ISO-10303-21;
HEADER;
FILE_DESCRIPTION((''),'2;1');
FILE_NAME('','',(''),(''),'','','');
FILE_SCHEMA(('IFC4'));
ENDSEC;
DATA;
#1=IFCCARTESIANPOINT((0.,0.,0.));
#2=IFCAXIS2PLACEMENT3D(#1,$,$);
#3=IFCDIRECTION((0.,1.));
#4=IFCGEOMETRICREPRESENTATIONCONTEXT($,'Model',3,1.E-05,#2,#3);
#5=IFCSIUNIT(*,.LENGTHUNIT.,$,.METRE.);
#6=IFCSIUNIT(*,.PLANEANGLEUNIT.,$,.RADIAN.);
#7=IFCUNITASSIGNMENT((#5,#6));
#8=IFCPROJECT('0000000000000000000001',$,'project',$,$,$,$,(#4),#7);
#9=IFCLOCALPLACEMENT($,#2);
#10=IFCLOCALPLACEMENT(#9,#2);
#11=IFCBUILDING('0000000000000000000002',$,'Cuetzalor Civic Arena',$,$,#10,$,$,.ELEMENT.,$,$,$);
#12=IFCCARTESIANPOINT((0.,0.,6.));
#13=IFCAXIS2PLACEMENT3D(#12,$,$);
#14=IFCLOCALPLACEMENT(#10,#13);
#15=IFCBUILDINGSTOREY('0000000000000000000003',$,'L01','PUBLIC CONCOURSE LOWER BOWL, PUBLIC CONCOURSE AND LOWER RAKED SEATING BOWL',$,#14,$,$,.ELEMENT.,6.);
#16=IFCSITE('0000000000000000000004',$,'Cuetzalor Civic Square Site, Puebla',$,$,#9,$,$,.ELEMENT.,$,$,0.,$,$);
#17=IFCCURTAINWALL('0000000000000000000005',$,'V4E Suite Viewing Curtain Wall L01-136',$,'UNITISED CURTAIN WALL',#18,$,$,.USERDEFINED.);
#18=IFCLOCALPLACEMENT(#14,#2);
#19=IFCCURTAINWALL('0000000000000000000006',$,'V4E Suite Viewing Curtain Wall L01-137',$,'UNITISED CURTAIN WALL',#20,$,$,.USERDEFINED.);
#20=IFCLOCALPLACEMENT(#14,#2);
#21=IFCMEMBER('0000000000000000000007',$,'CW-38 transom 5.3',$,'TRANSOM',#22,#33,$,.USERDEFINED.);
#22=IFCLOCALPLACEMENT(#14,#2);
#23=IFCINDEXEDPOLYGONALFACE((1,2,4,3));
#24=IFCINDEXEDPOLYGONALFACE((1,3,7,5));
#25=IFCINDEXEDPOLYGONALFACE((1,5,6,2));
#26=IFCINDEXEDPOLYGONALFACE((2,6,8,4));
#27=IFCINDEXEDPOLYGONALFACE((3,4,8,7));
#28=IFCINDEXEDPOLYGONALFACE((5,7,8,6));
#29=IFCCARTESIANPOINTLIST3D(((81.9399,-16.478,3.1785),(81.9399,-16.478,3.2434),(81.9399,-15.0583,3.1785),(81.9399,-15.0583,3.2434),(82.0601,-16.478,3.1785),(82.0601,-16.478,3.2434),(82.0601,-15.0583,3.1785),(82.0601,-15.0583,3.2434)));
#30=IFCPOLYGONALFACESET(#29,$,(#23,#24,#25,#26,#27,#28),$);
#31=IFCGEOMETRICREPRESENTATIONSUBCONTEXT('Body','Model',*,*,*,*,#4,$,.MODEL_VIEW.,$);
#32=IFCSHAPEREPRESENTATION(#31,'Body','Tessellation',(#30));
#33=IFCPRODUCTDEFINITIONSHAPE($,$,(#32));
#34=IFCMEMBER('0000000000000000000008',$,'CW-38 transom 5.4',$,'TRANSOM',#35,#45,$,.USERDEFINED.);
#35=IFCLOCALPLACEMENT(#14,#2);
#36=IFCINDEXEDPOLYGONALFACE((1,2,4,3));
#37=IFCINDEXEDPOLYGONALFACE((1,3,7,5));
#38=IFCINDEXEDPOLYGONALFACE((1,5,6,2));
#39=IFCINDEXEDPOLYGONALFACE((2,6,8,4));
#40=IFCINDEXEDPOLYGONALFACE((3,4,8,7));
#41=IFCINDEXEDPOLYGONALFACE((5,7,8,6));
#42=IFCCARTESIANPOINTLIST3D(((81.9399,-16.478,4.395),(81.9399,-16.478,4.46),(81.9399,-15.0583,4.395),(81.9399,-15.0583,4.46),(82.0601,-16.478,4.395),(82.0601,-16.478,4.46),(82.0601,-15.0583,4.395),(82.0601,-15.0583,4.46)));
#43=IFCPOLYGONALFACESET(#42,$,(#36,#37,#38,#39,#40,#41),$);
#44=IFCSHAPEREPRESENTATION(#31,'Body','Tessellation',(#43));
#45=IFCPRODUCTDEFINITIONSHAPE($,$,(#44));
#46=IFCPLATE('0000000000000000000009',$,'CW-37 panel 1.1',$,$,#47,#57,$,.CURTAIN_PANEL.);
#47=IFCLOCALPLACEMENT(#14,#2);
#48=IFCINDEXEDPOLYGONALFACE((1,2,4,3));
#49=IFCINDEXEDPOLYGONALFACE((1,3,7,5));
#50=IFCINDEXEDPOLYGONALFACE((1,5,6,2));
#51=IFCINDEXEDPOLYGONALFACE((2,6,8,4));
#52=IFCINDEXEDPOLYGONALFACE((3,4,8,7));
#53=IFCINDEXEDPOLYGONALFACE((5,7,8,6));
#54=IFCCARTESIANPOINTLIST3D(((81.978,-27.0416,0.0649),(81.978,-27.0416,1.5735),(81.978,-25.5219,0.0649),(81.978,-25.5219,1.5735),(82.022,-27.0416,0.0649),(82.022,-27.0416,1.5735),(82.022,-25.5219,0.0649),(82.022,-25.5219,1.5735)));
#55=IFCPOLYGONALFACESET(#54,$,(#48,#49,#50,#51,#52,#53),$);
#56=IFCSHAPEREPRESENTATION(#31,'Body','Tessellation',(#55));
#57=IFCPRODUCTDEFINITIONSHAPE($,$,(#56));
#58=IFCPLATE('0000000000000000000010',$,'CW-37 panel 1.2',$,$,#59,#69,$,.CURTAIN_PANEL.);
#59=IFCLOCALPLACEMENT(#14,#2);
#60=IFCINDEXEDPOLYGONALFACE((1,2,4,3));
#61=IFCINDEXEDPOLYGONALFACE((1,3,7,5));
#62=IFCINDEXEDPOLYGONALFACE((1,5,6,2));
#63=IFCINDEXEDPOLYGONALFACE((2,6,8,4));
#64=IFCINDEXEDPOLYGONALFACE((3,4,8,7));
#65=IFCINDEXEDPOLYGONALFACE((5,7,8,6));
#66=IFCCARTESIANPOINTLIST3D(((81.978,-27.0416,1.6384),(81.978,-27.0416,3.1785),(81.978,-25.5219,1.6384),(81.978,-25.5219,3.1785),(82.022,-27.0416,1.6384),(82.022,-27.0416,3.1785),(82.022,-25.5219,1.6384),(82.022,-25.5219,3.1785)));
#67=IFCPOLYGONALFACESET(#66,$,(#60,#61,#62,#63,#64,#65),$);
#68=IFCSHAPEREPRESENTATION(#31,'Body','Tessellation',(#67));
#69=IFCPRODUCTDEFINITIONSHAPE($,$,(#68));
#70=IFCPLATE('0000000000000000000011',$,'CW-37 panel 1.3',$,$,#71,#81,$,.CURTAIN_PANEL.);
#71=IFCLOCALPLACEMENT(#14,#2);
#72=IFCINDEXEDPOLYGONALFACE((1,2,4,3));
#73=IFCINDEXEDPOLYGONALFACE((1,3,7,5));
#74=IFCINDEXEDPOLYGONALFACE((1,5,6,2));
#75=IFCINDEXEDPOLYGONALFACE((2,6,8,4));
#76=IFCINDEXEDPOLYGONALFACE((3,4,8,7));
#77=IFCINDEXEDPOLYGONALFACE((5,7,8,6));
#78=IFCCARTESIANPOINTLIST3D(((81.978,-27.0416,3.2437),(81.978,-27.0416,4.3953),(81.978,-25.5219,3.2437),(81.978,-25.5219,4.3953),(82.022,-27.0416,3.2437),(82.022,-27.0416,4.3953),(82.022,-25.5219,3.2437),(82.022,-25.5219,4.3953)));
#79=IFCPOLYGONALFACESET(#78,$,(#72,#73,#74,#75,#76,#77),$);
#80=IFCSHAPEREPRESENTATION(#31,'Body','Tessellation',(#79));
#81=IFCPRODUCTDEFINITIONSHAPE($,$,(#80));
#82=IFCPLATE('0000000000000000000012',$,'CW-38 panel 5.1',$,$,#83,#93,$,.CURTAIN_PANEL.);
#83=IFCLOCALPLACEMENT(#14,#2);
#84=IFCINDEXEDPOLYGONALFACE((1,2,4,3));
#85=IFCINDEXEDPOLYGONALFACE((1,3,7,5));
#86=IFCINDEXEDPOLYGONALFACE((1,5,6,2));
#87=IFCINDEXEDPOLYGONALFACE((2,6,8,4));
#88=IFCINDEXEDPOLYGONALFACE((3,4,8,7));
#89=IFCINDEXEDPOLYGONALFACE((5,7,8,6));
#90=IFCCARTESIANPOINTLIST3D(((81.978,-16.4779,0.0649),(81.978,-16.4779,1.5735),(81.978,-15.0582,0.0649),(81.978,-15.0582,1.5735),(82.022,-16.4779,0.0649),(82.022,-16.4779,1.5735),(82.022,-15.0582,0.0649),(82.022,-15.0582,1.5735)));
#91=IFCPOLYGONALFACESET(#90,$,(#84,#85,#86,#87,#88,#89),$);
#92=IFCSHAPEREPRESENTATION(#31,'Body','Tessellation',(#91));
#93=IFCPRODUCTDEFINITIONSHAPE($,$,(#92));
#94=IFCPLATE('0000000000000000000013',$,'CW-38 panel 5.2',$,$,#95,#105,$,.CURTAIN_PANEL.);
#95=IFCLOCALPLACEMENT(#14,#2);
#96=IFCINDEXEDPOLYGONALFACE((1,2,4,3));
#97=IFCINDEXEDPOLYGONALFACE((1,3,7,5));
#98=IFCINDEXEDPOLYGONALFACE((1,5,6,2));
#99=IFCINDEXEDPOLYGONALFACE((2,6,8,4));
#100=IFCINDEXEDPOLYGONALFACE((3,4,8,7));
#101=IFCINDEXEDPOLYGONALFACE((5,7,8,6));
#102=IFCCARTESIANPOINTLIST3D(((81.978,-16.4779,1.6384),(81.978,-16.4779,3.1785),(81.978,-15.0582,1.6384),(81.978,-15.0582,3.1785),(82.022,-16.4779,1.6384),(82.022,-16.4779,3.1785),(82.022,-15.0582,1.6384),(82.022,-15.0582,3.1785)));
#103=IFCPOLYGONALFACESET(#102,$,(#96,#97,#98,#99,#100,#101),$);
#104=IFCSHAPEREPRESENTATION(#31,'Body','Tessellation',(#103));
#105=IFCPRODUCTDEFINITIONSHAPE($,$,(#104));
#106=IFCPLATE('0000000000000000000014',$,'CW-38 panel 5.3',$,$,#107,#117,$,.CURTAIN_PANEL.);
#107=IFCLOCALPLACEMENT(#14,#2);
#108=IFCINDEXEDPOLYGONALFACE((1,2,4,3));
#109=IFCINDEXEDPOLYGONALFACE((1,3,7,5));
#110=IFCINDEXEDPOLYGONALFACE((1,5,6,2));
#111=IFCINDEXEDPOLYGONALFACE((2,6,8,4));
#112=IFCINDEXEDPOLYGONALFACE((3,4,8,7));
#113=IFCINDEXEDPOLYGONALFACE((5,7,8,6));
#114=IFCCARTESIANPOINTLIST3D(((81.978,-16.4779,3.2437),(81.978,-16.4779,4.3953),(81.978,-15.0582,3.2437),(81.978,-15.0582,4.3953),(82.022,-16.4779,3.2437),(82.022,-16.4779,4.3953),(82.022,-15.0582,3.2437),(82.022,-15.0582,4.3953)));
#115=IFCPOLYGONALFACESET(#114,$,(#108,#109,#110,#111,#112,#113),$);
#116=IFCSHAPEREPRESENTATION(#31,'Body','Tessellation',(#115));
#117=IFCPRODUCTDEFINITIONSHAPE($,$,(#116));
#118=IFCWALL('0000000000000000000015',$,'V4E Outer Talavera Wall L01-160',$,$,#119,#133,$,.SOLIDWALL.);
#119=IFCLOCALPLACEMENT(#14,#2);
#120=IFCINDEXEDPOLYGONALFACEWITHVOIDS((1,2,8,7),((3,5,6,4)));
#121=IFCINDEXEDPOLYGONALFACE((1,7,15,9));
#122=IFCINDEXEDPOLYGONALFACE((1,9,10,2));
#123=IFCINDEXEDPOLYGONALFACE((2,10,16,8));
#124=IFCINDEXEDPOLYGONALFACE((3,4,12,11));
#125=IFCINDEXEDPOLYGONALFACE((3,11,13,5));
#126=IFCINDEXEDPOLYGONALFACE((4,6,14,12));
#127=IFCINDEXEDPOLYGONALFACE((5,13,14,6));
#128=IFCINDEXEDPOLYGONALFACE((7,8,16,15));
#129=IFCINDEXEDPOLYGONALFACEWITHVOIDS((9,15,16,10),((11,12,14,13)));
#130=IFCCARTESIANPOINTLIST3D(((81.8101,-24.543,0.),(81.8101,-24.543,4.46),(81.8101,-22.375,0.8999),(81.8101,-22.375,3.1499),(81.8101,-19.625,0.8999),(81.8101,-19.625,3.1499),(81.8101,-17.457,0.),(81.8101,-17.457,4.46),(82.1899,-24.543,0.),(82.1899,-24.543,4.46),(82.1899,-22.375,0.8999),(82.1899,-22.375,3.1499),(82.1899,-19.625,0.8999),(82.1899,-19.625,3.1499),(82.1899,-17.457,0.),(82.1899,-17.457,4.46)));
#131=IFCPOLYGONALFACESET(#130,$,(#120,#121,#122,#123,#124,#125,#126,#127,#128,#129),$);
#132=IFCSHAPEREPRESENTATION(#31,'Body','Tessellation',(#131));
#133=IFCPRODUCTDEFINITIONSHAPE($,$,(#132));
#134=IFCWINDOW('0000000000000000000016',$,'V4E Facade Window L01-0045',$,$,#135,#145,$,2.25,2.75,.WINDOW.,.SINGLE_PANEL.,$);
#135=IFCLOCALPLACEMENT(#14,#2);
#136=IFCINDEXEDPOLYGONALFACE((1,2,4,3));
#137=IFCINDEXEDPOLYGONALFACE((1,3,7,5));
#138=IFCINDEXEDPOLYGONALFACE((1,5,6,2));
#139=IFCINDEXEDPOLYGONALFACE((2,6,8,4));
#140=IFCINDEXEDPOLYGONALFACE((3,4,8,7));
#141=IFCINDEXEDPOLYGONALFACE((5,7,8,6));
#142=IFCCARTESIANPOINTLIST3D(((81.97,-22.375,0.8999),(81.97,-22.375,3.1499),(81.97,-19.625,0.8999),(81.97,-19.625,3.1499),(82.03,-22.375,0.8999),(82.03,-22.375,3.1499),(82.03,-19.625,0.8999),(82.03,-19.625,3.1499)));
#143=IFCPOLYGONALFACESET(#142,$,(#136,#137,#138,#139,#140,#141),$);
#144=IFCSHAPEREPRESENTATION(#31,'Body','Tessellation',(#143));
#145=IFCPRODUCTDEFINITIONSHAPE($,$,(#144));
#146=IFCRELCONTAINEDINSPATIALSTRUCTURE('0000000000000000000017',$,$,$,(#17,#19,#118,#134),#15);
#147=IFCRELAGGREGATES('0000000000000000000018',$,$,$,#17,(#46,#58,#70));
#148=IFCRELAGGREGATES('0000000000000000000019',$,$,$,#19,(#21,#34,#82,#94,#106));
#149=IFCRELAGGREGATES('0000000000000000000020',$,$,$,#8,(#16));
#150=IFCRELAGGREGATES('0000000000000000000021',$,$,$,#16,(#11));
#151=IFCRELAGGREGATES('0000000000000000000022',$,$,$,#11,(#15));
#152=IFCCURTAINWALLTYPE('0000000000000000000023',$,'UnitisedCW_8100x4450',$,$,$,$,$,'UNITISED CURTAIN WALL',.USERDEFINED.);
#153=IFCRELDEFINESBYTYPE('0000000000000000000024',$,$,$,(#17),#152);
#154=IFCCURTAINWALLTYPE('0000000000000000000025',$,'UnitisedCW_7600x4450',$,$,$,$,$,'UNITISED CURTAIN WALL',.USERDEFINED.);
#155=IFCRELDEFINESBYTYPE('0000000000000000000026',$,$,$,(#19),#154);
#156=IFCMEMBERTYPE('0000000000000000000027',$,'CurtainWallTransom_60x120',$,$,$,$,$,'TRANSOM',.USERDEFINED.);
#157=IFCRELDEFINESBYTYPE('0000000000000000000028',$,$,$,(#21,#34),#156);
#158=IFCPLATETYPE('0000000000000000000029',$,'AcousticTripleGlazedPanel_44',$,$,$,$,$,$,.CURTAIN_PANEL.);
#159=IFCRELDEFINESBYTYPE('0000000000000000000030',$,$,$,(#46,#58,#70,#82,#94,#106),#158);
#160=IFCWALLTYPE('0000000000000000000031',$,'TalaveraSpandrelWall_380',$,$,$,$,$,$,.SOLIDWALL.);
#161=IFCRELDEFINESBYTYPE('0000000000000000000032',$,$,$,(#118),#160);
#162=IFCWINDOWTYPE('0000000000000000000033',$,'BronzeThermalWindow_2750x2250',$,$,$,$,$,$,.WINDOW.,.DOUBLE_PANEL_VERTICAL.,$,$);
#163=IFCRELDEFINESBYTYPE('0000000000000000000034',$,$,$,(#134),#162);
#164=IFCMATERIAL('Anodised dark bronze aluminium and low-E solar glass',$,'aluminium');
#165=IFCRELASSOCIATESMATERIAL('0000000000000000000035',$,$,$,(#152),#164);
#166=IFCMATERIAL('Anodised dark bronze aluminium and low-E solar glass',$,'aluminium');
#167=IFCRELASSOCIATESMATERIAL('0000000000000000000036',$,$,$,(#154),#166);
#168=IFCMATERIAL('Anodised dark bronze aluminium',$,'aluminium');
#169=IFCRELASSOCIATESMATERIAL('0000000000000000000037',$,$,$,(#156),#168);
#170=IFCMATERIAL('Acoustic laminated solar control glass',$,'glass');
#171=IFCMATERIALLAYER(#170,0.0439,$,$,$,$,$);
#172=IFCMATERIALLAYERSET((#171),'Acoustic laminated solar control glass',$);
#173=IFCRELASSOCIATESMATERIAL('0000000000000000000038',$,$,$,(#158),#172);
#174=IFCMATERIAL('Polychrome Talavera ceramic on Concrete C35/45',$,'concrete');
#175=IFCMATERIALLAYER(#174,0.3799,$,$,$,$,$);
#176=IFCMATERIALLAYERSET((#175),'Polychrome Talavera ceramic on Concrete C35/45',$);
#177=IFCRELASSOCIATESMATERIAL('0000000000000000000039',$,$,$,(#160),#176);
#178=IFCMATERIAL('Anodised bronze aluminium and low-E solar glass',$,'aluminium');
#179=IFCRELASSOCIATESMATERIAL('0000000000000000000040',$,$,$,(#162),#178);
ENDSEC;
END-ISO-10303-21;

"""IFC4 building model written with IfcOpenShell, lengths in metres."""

from ifc_helpers import new_model, si_unit, direction, frame, frame_2d, origin, origin_2d, place, context, subcontext, project, spatial, rectangle, extrude, material, layer, layer_set, material_profile, profile_set, type_object, element, fill, aggregate, save


model = new_model("IFC4")

# Units and contexts
model_context = context("Model", 3, precision=1e-05, world=origin(), true_north=direction((0.0, 1.0)))
body_context = subcontext(model_context, "Body", "Model", "MODEL_VIEW")
ifc_project = project(units=[si_unit("LENGTHUNIT", "METRE"), si_unit("PLANEANGLEUNIT", "RADIAN")], contexts=[model_context])

# Site, building, storey
site_placement = place(None, origin())
site = spatial("IfcSite", under=ifc_project, at=site_placement, Name="Cuetzalor Civic Square Site, Puebla", CompositionType="ELEMENT", RefElevation=0.0)
building_placement = place(site_placement, origin())
building = spatial("IfcBuilding", under=site, at=building_placement, Name="Cuetzalor Civic Arena", CompositionType="ELEMENT")
storey_placement = place(building_placement, frame((0.0, 0.0, 6.0)))
storey = spatial("IfcBuildingStorey", under=building, at=storey_placement, Name="L01", Description="PUBLIC CONCOURSE LOWER BOWL, PUBLIC CONCOURSE AND LOWER RAKED SEATING BOWL", CompositionType="ELEMENT", Elevation=6.0)

# Curtain walls
ifc_material_1 = material(Name="Anodised dark bronze aluminium and low-E solar glass", Category="aluminium")
curtain_wall_type_1 = type_object("IfcCurtainWallType", Name="UnitisedCW_8100x4450", ElementType="UNITISED CURTAIN WALL", PredefinedType="USERDEFINED", material=ifc_material_1)
curtain_wall_1_placement = place(storey_placement, origin())
curtain_wall_1 = element("IfcCurtainWall", 1, at=curtain_wall_1_placement, inside=storey, type_object=curtain_wall_type_1, Name="V4E Suite Viewing Curtain Wall L01-136", ObjectType="UNITISED CURTAIN WALL", PredefinedType="USERDEFINED")
ifc_material_2 = material(Name="Anodised dark bronze aluminium and low-E solar glass", Category="aluminium")
curtain_wall_type_2 = type_object("IfcCurtainWallType", Name="UnitisedCW_7600x4450", ElementType="UNITISED CURTAIN WALL", PredefinedType="USERDEFINED", material=ifc_material_2)
curtain_wall_2_placement = place(storey_placement, origin())
curtain_wall_2 = element("IfcCurtainWall", 2, at=curtain_wall_2_placement, inside=storey, type_object=curtain_wall_type_2, Name="V4E Suite Viewing Curtain Wall L01-137", ObjectType="UNITISED CURTAIN WALL", PredefinedType="USERDEFINED")

# Members
ifc_material_3 = material(Name="Anodised dark bronze aluminium", Category="aluminium")
ifc_material_profile_1 = material_profile(ifc_material_3, rectangle(XDim=0.1201, YDim=0.0649, at=origin_2d()), Name="ALU TRANSOM 65x120")
ifc_profile_set_1 = profile_set([ifc_material_profile_1], Name="Anodised dark bronze aluminium")
member_type_1 = type_object("IfcMemberType", Name="CurtainWallTransom_60x120", ElementType="TRANSOM", PredefinedType="USERDEFINED", material=ifc_profile_set_1)
member_1_placement = place(storey_placement, frame((82.0, -15.0583, 3.2109), z_axis=(0.0, -1.0, 0.0), x_axis=(1.0, 0.0, 0.0)))
member_1 = element("IfcMember", 3, at=member_1_placement, type_object=member_type_1, Name="CW-38 transom 5.3", ObjectType="TRANSOM", PredefinedType="USERDEFINED", context=body_context, shape_type="SweptSolid", body=[
    extrude(rectangle(XDim=0.1201, YDim=0.0649, at=origin_2d()), origin(), (0.0, 0.0, 1.0), 1.4197),
])
member_2_placement = place(storey_placement, frame((82.0, -15.0583, 4.4275), z_axis=(0.0, -1.0, 0.0), x_axis=(1.0, 0.0, 0.0)))
member_2 = element("IfcMember", 4, at=member_2_placement, type_object=member_type_1, Name="CW-38 transom 5.4", ObjectType="TRANSOM", PredefinedType="USERDEFINED", context=body_context, shape_type="SweptSolid", body=[
    extrude(rectangle(XDim=0.1201, YDim=0.0649, at=origin_2d()), origin(), (0.0, 0.0, 1.0), 1.4197),
])

# Plates
ifc_material_4 = material(Name="Acoustic laminated solar control glass", Category="glass")
ifc_layer_1 = layer(ifc_material_4, 0.0439)
ifc_layer_set_1 = layer_set([ifc_layer_1], Name="Acoustic laminated solar control glass")
plate_type = type_object("IfcPlateType", Name="AcousticTripleGlazedPanel_44", PredefinedType="CURTAIN_PANEL", material=ifc_layer_set_1)
plate_1_placement = place(storey_placement, frame((82.0, -26.2817, 0.0649), z_axis=(0.0, 0.0, 1.0), x_axis=(0.0, -1.0, 0.0)))
plate_1 = element("IfcPlate", 5, at=plate_1_placement, type_object=plate_type, Name="CW-37 panel 1.1", PredefinedType="CURTAIN_PANEL", context=body_context, shape_type="SweptSolid", body=[
    extrude(rectangle(XDim=1.5198, YDim=0.0439, at=origin_2d()), origin(), (0.0, 0.0, 1.0), 1.5085),
])
plate_2_placement = place(storey_placement, frame((82.0, -26.2817, 1.6384), z_axis=(0.0, 0.0, 1.0), x_axis=(0.0, -1.0, 0.0)))
plate_2 = element("IfcPlate", 6, at=plate_2_placement, type_object=plate_type, Name="CW-37 panel 1.2", PredefinedType="CURTAIN_PANEL", context=body_context, shape_type="SweptSolid", body=[
    extrude(rectangle(XDim=1.5198, YDim=0.0439, at=origin_2d()), origin(), (0.0, 0.0, 1.0), 1.54),
])
plate_3_placement = place(storey_placement, frame((82.0, -26.2817, 3.2437), z_axis=(0.0, 0.0, 1.0), x_axis=(0.0, -1.0, 0.0)))
plate_3 = element("IfcPlate", 7, at=plate_3_placement, type_object=plate_type, Name="CW-37 panel 1.3", PredefinedType="CURTAIN_PANEL", context=body_context, shape_type="SweptSolid", body=[
    extrude(rectangle(XDim=1.5198, YDim=0.0439, at=origin_2d()), origin(), (0.0, 0.0, 1.0), 1.1516),
])
aggregate(curtain_wall_1, [plate_1, plate_2, plate_3])
plate_4_placement = place(storey_placement, frame((82.0, -15.7681, 0.0649), z_axis=(0.0, 0.0, 1.0), x_axis=(0.0, -1.0, 0.0)))
plate_4 = element("IfcPlate", 8, at=plate_4_placement, type_object=plate_type, Name="CW-38 panel 5.1", PredefinedType="CURTAIN_PANEL", context=body_context, shape_type="SweptSolid", body=[
    extrude(rectangle(XDim=1.4197, YDim=0.0439, at=origin_2d()), origin(), (0.0, 0.0, 1.0), 1.5085),
])
plate_5_placement = place(storey_placement, frame((82.0, -15.7681, 1.6384), z_axis=(0.0, 0.0, 1.0), x_axis=(0.0, -1.0, 0.0)))
plate_5 = element("IfcPlate", 9, at=plate_5_placement, type_object=plate_type, Name="CW-38 panel 5.2", PredefinedType="CURTAIN_PANEL", context=body_context, shape_type="SweptSolid", body=[
    extrude(rectangle(XDim=1.4197, YDim=0.0439, at=origin_2d()), origin(), (0.0, 0.0, 1.0), 1.54),
])
plate_6_placement = place(storey_placement, frame((82.0, -15.7681, 3.2437), z_axis=(0.0, 0.0, 1.0), x_axis=(0.0, -1.0, 0.0)))
plate_6 = element("IfcPlate", 10, at=plate_6_placement, type_object=plate_type, Name="CW-38 panel 5.3", PredefinedType="CURTAIN_PANEL", context=body_context, shape_type="SweptSolid", body=[
    extrude(rectangle(XDim=1.4197, YDim=0.0439, at=origin_2d()), origin(), (0.0, 0.0, 1.0), 1.1516),
])
aggregate(curtain_wall_2, [member_1, member_2, plate_4, plate_5, plate_6])

# Wall, opening, window
ifc_material_5 = material(Name="Polychrome Talavera ceramic on Concrete C35/45", Category="concrete")
ifc_layer_2 = layer(ifc_material_5, 0.3799)
ifc_layer_set_2 = layer_set([ifc_layer_2], Name="Polychrome Talavera ceramic on Concrete C35/45")
wall_type = type_object("IfcWallType", Name="TalaveraSpandrelWall_380", PredefinedType="SOLIDWALL", material=ifc_layer_set_2)
wall_placement = place(storey_placement, frame((82.0, -17.457, 0.0), z_axis=(0.0, 0.0, 1.0), x_axis=(0.0, -1.0, 0.0)))
wall = element("IfcWall", 11, at=wall_placement, inside=storey, type_object=wall_type, Name="V4E Outer Talavera Wall L01-160", PredefinedType="SOLIDWALL", context=body_context, shape_type="SweptSolid", body=[
    extrude(rectangle(XDim=7.0859, YDim=0.3799, at=frame_2d((3.543, 0.0))), origin(), (0.0, 0.0, 1.0), 4.46),
])
opening_placement = place(wall_placement, frame((2.168, 0.0, 0.8999)))
opening = element("IfcOpeningElement", 12, at=opening_placement, cuts=wall, PredefinedType="OPENING", context=body_context, shape_type="SweptSolid", body=[
    extrude(rectangle(XDim=2.75, YDim=2.25, at=frame_2d((1.375, 1.125))), frame((0.0, 0.2, 0.0), z_axis=(0.0, -1.0, 0.0), x_axis=(1.0, 0.0, 0.0)), (0.0, 0.0, 1.0), 0.3999),
])
ifc_material_6 = material(Name="Anodised bronze aluminium and low-E solar glass", Category="aluminium")
window_type = type_object("IfcWindowType", Name="BronzeThermalWindow_2750x2250", PartitioningType="DOUBLE_PANEL_VERTICAL", PredefinedType="WINDOW", material=ifc_material_6)
window_placement = place(opening_placement, origin())
window = element("IfcWindow", 13, at=window_placement, inside=storey, type_object=window_type, Name="V4E Facade Window L01-0045", OverallHeight=2.25, OverallWidth=2.75, PartitioningType="SINGLE_PANEL", PredefinedType="WINDOW", context=body_context, shape_type="SweptSolid", body=[
    extrude(rectangle(XDim=2.75, YDim=2.25, at=frame_2d((1.375, 1.125))), frame((0.0, 0.03, 0.0), z_axis=(0.0, -1.0, 0.0), x_axis=(1.0, 0.0, 0.0)), (0.0, 0.0, 1.0), 0.0601),
])
fill(opening, window)

save(model, "model.ifc")
